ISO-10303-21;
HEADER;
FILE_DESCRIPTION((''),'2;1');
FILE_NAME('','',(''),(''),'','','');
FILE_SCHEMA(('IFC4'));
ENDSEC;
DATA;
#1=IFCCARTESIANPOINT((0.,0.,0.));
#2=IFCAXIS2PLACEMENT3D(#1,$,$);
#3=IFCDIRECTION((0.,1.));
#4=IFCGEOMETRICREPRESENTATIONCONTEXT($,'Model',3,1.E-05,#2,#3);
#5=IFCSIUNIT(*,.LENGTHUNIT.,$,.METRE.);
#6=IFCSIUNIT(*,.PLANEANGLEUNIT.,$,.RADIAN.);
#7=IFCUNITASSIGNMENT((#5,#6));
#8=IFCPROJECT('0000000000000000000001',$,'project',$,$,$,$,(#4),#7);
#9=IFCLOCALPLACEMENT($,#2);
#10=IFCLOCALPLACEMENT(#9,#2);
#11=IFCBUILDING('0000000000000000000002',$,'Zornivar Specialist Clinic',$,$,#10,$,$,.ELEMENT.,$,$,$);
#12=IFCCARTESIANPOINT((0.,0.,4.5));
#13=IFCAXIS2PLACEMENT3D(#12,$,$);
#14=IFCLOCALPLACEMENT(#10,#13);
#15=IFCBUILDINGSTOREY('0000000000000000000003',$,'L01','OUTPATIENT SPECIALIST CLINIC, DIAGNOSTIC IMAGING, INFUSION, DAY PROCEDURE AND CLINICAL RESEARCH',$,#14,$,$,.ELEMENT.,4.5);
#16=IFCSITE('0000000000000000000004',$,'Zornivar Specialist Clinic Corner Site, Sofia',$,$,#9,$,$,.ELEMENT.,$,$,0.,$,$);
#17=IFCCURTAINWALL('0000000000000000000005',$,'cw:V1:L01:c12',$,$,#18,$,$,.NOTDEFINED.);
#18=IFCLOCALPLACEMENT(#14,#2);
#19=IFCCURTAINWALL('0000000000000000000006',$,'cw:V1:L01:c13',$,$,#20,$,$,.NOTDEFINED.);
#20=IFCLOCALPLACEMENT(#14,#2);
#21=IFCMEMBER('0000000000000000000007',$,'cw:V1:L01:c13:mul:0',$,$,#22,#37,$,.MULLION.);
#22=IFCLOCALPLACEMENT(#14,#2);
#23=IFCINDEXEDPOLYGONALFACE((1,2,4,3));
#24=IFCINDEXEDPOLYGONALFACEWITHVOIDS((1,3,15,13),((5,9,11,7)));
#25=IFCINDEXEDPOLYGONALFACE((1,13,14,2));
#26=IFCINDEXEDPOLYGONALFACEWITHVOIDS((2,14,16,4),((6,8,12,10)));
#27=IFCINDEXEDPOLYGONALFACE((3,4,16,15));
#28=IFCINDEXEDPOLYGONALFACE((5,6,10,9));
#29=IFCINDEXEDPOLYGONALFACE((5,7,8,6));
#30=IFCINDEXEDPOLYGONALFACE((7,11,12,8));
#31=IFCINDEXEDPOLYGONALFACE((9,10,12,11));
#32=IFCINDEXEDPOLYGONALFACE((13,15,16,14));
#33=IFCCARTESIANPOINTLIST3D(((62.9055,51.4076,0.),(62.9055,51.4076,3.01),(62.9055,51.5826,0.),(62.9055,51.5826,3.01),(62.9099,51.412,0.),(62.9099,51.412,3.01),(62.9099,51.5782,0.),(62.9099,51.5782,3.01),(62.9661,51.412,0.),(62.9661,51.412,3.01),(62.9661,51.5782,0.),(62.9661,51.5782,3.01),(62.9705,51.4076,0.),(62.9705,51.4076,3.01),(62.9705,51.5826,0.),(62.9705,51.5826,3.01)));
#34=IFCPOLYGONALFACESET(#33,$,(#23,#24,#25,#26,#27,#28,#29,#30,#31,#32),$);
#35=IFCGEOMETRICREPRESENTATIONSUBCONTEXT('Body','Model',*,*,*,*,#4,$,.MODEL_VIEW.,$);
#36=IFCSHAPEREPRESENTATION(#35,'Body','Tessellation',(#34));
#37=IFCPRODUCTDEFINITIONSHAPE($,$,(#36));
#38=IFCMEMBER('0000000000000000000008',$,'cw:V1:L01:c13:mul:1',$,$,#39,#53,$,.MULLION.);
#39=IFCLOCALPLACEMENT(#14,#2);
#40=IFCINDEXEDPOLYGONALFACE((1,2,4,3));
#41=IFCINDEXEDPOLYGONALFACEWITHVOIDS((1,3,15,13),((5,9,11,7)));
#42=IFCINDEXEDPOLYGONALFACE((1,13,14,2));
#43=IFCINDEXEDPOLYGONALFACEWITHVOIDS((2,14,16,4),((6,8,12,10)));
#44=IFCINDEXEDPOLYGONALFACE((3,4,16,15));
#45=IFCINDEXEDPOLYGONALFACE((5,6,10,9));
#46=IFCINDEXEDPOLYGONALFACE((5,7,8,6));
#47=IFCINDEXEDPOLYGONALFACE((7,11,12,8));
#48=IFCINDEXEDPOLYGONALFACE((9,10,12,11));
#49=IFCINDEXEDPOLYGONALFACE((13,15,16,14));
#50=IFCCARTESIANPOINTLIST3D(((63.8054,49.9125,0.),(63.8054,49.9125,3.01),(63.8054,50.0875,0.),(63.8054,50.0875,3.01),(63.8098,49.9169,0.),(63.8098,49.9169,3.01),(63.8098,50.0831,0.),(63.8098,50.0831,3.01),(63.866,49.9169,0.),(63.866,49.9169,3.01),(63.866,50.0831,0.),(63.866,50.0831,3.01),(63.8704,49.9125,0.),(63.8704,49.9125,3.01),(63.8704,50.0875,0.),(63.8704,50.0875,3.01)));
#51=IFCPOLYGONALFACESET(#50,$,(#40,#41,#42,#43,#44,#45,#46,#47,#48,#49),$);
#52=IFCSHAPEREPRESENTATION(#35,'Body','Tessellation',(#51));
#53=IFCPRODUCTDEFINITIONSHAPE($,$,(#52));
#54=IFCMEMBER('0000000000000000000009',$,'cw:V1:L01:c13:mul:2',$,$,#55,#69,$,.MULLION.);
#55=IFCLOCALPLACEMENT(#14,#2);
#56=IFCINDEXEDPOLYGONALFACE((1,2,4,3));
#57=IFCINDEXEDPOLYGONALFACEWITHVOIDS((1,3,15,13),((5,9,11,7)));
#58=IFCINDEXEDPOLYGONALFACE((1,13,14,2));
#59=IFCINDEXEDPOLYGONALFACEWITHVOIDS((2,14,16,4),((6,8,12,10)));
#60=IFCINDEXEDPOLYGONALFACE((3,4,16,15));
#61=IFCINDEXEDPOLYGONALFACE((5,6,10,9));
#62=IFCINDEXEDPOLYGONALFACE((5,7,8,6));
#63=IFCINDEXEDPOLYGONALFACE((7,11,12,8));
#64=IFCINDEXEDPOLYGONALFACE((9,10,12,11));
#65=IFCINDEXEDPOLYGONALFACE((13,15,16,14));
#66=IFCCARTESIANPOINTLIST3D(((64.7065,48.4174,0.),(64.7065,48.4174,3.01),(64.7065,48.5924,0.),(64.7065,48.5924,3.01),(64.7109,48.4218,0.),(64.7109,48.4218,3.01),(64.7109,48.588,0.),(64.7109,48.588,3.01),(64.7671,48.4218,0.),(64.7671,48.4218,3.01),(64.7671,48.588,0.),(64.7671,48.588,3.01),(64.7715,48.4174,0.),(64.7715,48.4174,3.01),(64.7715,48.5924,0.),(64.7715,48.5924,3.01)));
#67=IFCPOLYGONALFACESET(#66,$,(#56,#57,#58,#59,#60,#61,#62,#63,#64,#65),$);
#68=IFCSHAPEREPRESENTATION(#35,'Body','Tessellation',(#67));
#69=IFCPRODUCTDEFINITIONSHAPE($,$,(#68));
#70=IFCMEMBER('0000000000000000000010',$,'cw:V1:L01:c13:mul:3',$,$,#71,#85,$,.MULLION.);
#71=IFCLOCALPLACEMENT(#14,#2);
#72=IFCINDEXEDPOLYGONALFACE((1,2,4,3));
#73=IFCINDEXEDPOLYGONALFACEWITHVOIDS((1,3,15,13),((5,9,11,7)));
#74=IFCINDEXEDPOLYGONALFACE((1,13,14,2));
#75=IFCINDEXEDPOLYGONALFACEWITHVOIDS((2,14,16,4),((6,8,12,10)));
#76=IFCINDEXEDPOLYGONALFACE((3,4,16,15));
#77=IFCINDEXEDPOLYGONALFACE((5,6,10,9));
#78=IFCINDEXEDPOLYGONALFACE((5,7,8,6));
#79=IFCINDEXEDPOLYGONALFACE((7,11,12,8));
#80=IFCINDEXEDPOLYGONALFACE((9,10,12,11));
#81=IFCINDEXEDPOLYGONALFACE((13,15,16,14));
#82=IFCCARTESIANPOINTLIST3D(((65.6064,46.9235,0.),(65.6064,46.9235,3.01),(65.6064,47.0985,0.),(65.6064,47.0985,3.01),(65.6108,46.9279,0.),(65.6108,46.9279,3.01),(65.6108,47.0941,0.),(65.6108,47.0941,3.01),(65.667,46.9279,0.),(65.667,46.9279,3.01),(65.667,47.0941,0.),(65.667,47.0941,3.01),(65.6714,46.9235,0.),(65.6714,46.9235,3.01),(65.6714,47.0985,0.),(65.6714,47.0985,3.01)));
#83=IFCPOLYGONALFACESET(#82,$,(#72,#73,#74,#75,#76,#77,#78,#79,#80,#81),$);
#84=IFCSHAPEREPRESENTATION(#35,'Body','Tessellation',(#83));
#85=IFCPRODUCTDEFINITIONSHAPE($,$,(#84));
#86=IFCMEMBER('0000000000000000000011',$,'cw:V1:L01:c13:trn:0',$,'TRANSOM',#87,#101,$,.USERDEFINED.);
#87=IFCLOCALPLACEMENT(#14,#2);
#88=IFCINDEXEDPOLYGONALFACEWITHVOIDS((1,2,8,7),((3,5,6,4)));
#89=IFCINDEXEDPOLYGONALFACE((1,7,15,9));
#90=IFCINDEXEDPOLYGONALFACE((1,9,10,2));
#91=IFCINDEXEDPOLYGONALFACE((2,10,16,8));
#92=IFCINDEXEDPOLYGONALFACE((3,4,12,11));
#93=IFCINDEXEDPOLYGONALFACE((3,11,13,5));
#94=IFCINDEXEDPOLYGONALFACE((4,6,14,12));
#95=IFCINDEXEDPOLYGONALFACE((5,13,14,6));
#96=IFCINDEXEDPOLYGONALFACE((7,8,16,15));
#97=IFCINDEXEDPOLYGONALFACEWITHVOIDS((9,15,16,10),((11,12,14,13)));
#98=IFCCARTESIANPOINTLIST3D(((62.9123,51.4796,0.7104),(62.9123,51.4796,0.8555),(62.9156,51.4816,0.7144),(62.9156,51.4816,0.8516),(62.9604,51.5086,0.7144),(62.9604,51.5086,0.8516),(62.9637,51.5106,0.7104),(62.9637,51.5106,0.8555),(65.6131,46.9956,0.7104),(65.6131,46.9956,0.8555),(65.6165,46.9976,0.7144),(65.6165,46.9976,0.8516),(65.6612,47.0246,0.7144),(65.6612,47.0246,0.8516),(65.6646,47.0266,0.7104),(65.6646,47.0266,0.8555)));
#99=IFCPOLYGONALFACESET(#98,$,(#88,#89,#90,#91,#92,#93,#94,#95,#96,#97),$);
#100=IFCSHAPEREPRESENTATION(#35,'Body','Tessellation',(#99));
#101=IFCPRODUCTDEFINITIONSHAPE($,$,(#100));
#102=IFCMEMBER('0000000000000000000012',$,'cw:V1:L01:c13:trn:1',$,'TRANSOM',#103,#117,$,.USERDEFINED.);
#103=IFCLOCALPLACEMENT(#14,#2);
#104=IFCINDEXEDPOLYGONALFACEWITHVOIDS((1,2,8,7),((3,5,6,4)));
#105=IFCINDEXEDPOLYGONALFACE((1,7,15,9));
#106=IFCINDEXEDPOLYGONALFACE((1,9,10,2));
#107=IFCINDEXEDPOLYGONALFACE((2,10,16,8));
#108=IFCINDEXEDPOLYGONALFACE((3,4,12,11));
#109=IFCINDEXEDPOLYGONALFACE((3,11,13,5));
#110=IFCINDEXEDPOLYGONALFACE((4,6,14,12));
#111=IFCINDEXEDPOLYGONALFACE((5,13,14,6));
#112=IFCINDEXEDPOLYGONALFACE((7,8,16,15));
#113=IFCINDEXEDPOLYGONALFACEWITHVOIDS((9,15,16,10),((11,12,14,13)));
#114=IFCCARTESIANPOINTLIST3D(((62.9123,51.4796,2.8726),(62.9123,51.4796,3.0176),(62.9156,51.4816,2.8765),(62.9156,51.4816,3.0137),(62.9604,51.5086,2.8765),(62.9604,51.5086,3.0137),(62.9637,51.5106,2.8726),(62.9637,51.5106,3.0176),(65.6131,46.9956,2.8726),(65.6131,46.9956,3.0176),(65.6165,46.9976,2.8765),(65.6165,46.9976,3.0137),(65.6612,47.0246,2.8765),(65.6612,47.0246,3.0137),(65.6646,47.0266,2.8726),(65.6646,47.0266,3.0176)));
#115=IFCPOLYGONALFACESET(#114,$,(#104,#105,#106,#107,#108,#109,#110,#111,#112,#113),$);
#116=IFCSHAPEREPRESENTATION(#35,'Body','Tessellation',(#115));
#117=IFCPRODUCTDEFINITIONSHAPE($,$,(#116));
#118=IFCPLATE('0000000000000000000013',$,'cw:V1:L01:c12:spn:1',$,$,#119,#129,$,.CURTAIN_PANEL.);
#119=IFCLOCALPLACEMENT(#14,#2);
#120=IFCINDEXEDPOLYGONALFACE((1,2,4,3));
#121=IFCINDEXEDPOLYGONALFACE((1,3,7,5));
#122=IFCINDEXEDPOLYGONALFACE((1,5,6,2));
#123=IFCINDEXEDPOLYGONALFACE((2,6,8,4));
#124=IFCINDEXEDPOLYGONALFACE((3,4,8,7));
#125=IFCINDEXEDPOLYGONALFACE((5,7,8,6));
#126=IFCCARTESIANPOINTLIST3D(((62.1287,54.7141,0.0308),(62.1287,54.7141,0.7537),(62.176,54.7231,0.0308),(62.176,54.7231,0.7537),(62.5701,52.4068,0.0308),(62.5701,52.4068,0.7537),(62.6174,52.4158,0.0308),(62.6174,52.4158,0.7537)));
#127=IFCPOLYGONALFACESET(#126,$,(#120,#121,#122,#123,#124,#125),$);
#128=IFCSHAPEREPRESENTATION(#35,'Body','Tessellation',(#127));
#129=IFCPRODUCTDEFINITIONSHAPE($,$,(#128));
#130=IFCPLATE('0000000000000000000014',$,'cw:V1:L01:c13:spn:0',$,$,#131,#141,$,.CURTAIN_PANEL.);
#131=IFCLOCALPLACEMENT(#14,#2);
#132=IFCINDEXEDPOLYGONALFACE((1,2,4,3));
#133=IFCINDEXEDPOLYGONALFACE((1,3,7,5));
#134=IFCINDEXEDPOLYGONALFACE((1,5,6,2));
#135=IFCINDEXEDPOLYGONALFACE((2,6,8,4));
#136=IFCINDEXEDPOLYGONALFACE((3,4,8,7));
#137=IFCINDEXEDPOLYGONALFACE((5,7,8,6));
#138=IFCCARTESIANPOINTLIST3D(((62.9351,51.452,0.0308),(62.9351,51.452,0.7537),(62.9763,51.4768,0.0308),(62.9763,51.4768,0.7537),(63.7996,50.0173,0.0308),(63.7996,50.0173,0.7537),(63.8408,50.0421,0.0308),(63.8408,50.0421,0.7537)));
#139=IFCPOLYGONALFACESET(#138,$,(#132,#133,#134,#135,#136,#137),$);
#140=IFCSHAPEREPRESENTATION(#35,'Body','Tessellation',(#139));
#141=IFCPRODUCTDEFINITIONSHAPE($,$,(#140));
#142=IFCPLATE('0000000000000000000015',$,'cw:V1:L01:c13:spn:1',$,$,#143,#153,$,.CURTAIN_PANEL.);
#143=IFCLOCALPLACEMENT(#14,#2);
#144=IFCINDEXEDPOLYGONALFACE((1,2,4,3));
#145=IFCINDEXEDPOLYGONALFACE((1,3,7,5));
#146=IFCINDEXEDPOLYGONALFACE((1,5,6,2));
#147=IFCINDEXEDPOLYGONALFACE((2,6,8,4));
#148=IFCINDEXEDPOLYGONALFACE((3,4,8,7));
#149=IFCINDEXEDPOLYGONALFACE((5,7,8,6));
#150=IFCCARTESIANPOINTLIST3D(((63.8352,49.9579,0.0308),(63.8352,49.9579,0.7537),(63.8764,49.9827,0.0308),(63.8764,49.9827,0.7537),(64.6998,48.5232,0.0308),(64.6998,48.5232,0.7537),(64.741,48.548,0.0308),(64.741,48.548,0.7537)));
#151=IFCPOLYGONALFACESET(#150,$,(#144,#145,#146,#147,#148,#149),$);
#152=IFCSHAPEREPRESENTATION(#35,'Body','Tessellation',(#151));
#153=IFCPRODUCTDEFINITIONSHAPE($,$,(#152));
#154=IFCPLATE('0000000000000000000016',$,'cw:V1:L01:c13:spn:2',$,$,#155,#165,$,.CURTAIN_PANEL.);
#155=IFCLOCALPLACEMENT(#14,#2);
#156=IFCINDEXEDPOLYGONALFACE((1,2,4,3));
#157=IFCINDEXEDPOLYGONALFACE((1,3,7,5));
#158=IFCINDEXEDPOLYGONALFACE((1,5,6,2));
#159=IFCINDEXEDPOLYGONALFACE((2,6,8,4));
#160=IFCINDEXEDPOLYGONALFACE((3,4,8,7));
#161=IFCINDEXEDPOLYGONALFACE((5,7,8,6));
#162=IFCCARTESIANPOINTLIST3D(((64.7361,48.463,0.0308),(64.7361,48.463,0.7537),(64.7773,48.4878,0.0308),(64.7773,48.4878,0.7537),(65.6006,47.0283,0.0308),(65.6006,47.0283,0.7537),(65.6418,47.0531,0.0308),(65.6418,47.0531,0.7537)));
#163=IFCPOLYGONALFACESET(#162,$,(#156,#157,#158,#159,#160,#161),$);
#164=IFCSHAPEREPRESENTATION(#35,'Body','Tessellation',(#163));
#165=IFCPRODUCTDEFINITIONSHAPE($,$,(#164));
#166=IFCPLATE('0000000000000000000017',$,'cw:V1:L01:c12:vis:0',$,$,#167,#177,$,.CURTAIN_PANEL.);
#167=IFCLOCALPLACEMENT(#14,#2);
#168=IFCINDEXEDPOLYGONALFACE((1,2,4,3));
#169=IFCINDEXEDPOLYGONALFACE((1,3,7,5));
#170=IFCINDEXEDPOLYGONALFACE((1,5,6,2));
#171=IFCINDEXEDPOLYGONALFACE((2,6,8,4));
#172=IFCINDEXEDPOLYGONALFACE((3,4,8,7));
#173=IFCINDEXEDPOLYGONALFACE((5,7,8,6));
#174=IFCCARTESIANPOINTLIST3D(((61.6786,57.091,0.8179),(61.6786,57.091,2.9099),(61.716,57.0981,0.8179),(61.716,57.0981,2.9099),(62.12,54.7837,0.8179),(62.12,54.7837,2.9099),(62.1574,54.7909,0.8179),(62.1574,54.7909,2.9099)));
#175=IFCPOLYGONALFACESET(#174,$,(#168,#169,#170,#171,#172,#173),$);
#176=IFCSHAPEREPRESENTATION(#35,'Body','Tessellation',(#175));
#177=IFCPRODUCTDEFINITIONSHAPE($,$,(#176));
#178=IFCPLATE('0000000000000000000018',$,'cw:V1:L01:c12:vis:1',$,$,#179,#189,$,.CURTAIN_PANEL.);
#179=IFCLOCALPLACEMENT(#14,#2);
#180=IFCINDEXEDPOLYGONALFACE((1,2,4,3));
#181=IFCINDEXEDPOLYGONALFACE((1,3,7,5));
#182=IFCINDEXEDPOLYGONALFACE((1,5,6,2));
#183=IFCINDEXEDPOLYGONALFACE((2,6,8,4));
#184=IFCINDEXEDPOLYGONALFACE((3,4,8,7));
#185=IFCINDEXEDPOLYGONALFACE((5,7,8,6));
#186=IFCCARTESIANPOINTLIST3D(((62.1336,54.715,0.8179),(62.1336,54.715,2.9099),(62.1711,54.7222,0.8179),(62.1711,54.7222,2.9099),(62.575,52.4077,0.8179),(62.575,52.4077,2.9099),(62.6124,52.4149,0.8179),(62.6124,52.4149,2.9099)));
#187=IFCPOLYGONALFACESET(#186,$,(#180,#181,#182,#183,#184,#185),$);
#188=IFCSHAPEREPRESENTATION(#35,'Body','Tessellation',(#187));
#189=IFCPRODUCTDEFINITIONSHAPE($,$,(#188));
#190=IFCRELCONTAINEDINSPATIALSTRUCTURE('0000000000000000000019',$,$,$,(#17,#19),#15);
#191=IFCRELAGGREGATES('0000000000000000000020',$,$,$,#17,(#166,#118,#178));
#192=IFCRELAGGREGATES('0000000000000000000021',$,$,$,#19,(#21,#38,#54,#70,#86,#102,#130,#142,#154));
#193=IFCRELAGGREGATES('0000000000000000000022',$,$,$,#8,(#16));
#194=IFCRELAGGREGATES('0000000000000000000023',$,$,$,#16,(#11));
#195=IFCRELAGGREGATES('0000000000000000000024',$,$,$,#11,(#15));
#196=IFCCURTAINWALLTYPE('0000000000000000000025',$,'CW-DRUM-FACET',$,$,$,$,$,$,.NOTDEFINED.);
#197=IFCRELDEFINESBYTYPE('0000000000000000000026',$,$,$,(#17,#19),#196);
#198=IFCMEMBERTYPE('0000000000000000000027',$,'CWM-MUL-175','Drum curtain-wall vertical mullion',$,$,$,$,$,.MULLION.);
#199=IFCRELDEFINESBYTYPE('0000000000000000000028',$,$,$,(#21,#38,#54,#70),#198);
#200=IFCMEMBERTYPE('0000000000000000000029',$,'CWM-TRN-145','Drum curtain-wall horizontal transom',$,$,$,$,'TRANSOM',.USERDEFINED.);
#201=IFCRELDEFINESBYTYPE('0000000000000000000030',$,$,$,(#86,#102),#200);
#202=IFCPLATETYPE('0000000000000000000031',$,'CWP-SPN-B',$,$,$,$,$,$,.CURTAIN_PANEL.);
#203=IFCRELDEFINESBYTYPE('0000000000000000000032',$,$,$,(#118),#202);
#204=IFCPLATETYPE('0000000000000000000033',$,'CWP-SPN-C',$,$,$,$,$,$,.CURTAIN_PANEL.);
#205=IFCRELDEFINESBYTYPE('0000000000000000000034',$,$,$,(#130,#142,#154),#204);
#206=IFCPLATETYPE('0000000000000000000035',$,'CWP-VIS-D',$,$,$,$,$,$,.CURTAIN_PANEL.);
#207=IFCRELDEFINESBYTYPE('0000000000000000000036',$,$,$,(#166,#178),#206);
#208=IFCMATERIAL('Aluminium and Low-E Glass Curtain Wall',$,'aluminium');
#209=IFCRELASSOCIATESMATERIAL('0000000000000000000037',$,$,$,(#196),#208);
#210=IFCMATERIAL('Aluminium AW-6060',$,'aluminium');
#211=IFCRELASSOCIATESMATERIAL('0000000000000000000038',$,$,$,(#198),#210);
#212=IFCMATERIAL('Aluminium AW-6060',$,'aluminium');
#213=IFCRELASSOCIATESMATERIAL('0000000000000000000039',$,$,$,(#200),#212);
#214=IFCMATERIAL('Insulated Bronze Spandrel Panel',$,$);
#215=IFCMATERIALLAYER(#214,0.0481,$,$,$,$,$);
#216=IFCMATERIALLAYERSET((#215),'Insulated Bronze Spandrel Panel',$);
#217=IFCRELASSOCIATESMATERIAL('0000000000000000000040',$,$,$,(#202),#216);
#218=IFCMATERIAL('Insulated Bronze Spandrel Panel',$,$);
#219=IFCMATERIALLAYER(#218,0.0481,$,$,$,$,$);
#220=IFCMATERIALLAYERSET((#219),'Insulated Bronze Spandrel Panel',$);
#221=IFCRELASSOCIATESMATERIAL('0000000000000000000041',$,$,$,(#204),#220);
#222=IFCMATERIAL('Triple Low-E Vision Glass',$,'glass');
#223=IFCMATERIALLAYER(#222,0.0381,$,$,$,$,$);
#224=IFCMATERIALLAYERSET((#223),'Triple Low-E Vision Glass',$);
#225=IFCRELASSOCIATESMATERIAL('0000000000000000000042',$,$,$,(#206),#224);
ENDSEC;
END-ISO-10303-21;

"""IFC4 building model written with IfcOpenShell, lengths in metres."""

from ifc_helpers import new_model, si_unit, direction, frame, origin, origin_2d, place, context, subcontext, project, spatial, rectangle, hollow_rectangle, extrude, material, layer, layer_set, material_profile, profile_set, type_object, element, aggregate, save


model = new_model("IFC4")

# Units and contexts
model_context = context("Model", 3, precision=1e-05, world=origin(), true_north=direction((0.0, 1.0)))
body_context = subcontext(model_context, "Body", "Model", "MODEL_VIEW")
ifc_project = project(units=[si_unit("LENGTHUNIT", "METRE"), si_unit("PLANEANGLEUNIT", "RADIAN")], contexts=[model_context])

# Site, building, storey
site_placement = place(None, origin())
site = spatial("IfcSite", under=ifc_project, at=site_placement, Name="Zornivar Specialist Clinic Corner Site, Sofia", CompositionType="ELEMENT", RefElevation=0.0)
building_placement = place(site_placement, origin())
building = spatial("IfcBuilding", under=site, at=building_placement, Name="Zornivar Specialist Clinic", CompositionType="ELEMENT")
storey_placement = place(building_placement, frame((0.0, 0.0, 4.5)))
storey = spatial("IfcBuildingStorey", under=building, at=storey_placement, Name="L01", Description="OUTPATIENT SPECIALIST CLINIC, DIAGNOSTIC IMAGING, INFUSION, DAY PROCEDURE AND CLINICAL RESEARCH", CompositionType="ELEMENT", Elevation=4.5)

# Shared definitions
ifc_material_1 = material(Name="Aluminium and Low-E Glass Curtain Wall", Category="aluminium")
curtain_wall_type = type_object("IfcCurtainWallType", Name="CW-DRUM-FACET", PredefinedType="NOTDEFINED", material=ifc_material_1)
ifc_material_2 = material(Name="Aluminium AW-6060", Category="aluminium")
ifc_material_profile_1 = material_profile(ifc_material_2, hollow_rectangle(XDim=0.0649, YDim=0.175, WallThickness=0.0044, at=origin_2d()), Name="ALU 65x175x4.5")
ifc_profile_set_1 = profile_set([ifc_material_profile_1], Name="Aluminium AW-6060")
member_type_1 = type_object("IfcMemberType", Name="CWM-MUL-175", Description="Drum curtain-wall vertical mullion", PredefinedType="MULLION", material=ifc_profile_set_1)

# Curtain walls, members
curtain_wall_1_placement = place(storey_placement, origin())
curtain_wall_1 = element("IfcCurtainWall", 1, at=curtain_wall_1_placement, inside=storey, type_object=curtain_wall_type, Name="cw:V1:L01:c12", PredefinedType="NOTDEFINED")
curtain_wall_2_placement = place(storey_placement, origin())
curtain_wall_2 = element("IfcCurtainWall", 2, at=curtain_wall_2_placement, inside=storey, type_object=curtain_wall_type, Name="cw:V1:L01:c13", PredefinedType="NOTDEFINED")
member_1_placement = place(storey_placement, frame((62.938, 51.4951, 0.0), z_axis=(0.0, 0.0, 1.0), x_axis=(1.0, 0.0, 0.0)))
member_1 = element("IfcMember", 3, at=member_1_placement, type_object=member_type_1, Name="cw:V1:L01:c13:mul:0", PredefinedType="MULLION", context=body_context, shape_type="SweptSolid", body=[
    extrude(hollow_rectangle(XDim=0.0649, YDim=0.175, WallThickness=0.0044, at=origin_2d()), origin(), (0.0, 0.0, 1.0), 3.01),
])
member_2_placement = place(storey_placement, frame((63.8379, 50.0, 0.0), z_axis=(0.0, 0.0, 1.0), x_axis=(1.0, 0.0, 0.0)))
member_2 = element("IfcMember", 4, at=member_2_placement, type_object=member_type_1, Name="cw:V1:L01:c13:mul:1", PredefinedType="MULLION", context=body_context, shape_type="SweptSolid", body=[
    extrude(hollow_rectangle(XDim=0.0649, YDim=0.175, WallThickness=0.0044, at=origin_2d()), origin(), (0.0, 0.0, 1.0), 3.01),
])
member_3_placement = place(storey_placement, frame((64.739, 48.5049, 0.0), z_axis=(0.0, 0.0, 1.0), x_axis=(1.0, 0.0, 0.0)))
member_3 = element("IfcMember", 5, at=member_3_placement, type_object=member_type_1, Name="cw:V1:L01:c13:mul:2", PredefinedType="MULLION", context=body_context, shape_type="SweptSolid", body=[
    extrude(hollow_rectangle(XDim=0.0649, YDim=0.175, WallThickness=0.0044, at=origin_2d()), origin(), (0.0, 0.0, 1.0), 3.01),
])
member_4_placement = place(storey_placement, frame((65.6389, 47.011, 0.0), z_axis=(0.0, 0.0, 1.0), x_axis=(1.0, 0.0, 0.0)))
member_4 = element("IfcMember", 6, at=member_4_placement, type_object=member_type_1, Name="cw:V1:L01:c13:mul:3", PredefinedType="MULLION", context=body_context, shape_type="SweptSolid", body=[
    extrude(hollow_rectangle(XDim=0.0649, YDim=0.175, WallThickness=0.0044, at=origin_2d()), origin(), (0.0, 0.0, 1.0), 3.01),
])
ifc_material_3 = material(Name="Aluminium AW-6060", Category="aluminium")
ifc_material_profile_2 = material_profile(ifc_material_3, hollow_rectangle(XDim=0.0601, YDim=0.145, WallThickness=0.0039, at=origin_2d()), Name="ALU 60x145x4")
ifc_profile_set_2 = profile_set([ifc_material_profile_2], Name="Aluminium AW-6060")
member_type_2 = type_object("IfcMemberType", Name="CWM-TRN-145", Description="Drum curtain-wall horizontal transom", ElementType="TRANSOM", PredefinedType="USERDEFINED", material=ifc_profile_set_2)
member_5_placement = place(storey_placement, frame((62.938, 51.4951, 0.783), z_axis=(0.515963, -0.856611, 0.0), x_axis=(0.856611, 0.515963, 0.0)))
member_5 = element("IfcMember", 7, at=member_5_placement, type_object=member_type_2, Name="cw:V1:L01:c13:trn:0", ObjectType="TRANSOM", PredefinedType="USERDEFINED", context=body_context, shape_type="SweptSolid", body=[
    extrude(hollow_rectangle(XDim=0.0601, YDim=0.145, WallThickness=0.0039, at=origin_2d()), origin(), (0.0, 0.0, 1.0), 5.2346),
])
member_6_placement = place(storey_placement, frame((62.938, 51.4951, 2.9451), z_axis=(0.515963, -0.856611, 0.0), x_axis=(0.856611, 0.515963, 0.0)))
member_6 = element("IfcMember", 8, at=member_6_placement, type_object=member_type_2, Name="cw:V1:L01:c13:trn:1", ObjectType="TRANSOM", PredefinedType="USERDEFINED", context=body_context, shape_type="SweptSolid", body=[
    extrude(hollow_rectangle(XDim=0.0601, YDim=0.145, WallThickness=0.0039, at=origin_2d()), origin(), (0.0, 0.0, 1.0), 5.2346),
])

# Plates
ifc_material_4 = material(Name="Insulated Bronze Spandrel Panel")
ifc_layer_1 = layer(ifc_material_4, 0.0481)
ifc_layer_set_1 = layer_set([ifc_layer_1], Name="Insulated Bronze Spandrel Panel")
plate_type_1 = type_object("IfcPlateType", Name="CWP-SPN-B", PredefinedType="CURTAIN_PANEL", material=ifc_layer_set_1)
plate_1_placement = place(storey_placement, frame((62.373, 53.5649, 0.0308), z_axis=(0.0, 0.0, 1.0), x_axis=(0.187897, -0.982189, 0.0)))
plate_1 = element("IfcPlate", 9, at=plate_1_placement, type_object=plate_type_1, Name="cw:V1:L01:c12:spn:1", PredefinedType="CURTAIN_PANEL", context=body_context, shape_type="SweptSolid", body=[
    extrude(rectangle(XDim=2.3491, YDim=0.0481, at=origin_2d()), origin(), (0.0, 0.0, 1.0), 0.7229),
])
ifc_material_5 = material(Name="Insulated Bronze Spandrel Panel")
ifc_layer_2 = layer(ifc_material_5, 0.0481)
ifc_layer_set_2 = layer_set([ifc_layer_2], Name="Insulated Bronze Spandrel Panel")
plate_type_2 = type_object("IfcPlateType", Name="CWP-SPN-C", PredefinedType="CURTAIN_PANEL", material=ifc_layer_set_2)
plate_2_placement = place(storey_placement, frame((63.3879, 50.7471, 0.0308), z_axis=(0.0, 0.0, 1.0), x_axis=(0.516127, -0.856512, 0.0)))
plate_2 = element("IfcPlate", 10, at=plate_2_placement, type_object=plate_type_2, Name="cw:V1:L01:c13:spn:0", PredefinedType="CURTAIN_PANEL", context=body_context, shape_type="SweptSolid", body=[
    extrude(rectangle(XDim=1.675, YDim=0.0481, at=origin_2d()), origin(), (0.0, 0.0, 1.0), 0.7229),
])
plate_3_placement = place(storey_placement, frame((64.2881, 49.2529, 0.0308), z_axis=(0.0, 0.0, 1.0), x_axis=(0.516127, -0.856512, 0.0)))
plate_3 = element("IfcPlate", 11, at=plate_3_placement, type_object=plate_type_2, Name="cw:V1:L01:c13:spn:1", PredefinedType="CURTAIN_PANEL", context=body_context, shape_type="SweptSolid", body=[
    extrude(rectangle(XDim=1.675, YDim=0.0481, at=origin_2d()), origin(), (0.0, 0.0, 1.0), 0.7229),
])
plate_4_placement = place(storey_placement, frame((65.189, 47.7581, 0.0308), z_axis=(0.0, 0.0, 1.0), x_axis=(0.516127, -0.856512, 0.0)))
plate_4 = element("IfcPlate", 12, at=plate_4_placement, type_object=plate_type_2, Name="cw:V1:L01:c13:spn:2", PredefinedType="CURTAIN_PANEL", context=body_context, shape_type="SweptSolid", body=[
    extrude(rectangle(XDim=1.675, YDim=0.0481, at=origin_2d()), origin(), (0.0, 0.0, 1.0), 0.7229),
])
ifc_material_6 = material(Name="Triple Low-E Vision Glass", Category="glass")
ifc_layer_3 = layer(ifc_material_6, 0.0381)
ifc_layer_set_3 = layer_set([ifc_layer_3], Name="Triple Low-E Vision Glass")
plate_type_3 = type_object("IfcPlateType", Name="CWP-VIS-D", PredefinedType="CURTAIN_PANEL", material=ifc_layer_set_3)
plate_5_placement = place(storey_placement, frame((61.918, 55.9409, 0.8179), z_axis=(0.0, 0.0, 1.0), x_axis=(0.187897, -0.982189, 0.0)))
plate_5 = element("IfcPlate", 13, at=plate_5_placement, type_object=plate_type_3, Name="cw:V1:L01:c12:vis:0", PredefinedType="CURTAIN_PANEL", context=body_context, shape_type="SweptSolid", body=[
    extrude(rectangle(XDim=2.3491, YDim=0.0381, at=origin_2d()), origin(), (0.0, 0.0, 1.0), 2.092),
])
plate_6_placement = place(storey_placement, frame((62.373, 53.5649, 0.8179), z_axis=(0.0, 0.0, 1.0), x_axis=(0.187897, -0.982189, 0.0)))
plate_6 = element("IfcPlate", 14, at=plate_6_placement, type_object=plate_type_3, Name="cw:V1:L01:c12:vis:1", PredefinedType="CURTAIN_PANEL", context=body_context, shape_type="SweptSolid", body=[
    extrude(rectangle(XDim=2.3491, YDim=0.0381, at=origin_2d()), origin(), (0.0, 0.0, 1.0), 2.092),
])
aggregate(curtain_wall_1, [plate_5, plate_1, plate_6])
aggregate(curtain_wall_2, [member_1, member_2, member_3, member_4, member_5, member_6, plate_2, plate_3, plate_4])

save(model, "model.ifc")
